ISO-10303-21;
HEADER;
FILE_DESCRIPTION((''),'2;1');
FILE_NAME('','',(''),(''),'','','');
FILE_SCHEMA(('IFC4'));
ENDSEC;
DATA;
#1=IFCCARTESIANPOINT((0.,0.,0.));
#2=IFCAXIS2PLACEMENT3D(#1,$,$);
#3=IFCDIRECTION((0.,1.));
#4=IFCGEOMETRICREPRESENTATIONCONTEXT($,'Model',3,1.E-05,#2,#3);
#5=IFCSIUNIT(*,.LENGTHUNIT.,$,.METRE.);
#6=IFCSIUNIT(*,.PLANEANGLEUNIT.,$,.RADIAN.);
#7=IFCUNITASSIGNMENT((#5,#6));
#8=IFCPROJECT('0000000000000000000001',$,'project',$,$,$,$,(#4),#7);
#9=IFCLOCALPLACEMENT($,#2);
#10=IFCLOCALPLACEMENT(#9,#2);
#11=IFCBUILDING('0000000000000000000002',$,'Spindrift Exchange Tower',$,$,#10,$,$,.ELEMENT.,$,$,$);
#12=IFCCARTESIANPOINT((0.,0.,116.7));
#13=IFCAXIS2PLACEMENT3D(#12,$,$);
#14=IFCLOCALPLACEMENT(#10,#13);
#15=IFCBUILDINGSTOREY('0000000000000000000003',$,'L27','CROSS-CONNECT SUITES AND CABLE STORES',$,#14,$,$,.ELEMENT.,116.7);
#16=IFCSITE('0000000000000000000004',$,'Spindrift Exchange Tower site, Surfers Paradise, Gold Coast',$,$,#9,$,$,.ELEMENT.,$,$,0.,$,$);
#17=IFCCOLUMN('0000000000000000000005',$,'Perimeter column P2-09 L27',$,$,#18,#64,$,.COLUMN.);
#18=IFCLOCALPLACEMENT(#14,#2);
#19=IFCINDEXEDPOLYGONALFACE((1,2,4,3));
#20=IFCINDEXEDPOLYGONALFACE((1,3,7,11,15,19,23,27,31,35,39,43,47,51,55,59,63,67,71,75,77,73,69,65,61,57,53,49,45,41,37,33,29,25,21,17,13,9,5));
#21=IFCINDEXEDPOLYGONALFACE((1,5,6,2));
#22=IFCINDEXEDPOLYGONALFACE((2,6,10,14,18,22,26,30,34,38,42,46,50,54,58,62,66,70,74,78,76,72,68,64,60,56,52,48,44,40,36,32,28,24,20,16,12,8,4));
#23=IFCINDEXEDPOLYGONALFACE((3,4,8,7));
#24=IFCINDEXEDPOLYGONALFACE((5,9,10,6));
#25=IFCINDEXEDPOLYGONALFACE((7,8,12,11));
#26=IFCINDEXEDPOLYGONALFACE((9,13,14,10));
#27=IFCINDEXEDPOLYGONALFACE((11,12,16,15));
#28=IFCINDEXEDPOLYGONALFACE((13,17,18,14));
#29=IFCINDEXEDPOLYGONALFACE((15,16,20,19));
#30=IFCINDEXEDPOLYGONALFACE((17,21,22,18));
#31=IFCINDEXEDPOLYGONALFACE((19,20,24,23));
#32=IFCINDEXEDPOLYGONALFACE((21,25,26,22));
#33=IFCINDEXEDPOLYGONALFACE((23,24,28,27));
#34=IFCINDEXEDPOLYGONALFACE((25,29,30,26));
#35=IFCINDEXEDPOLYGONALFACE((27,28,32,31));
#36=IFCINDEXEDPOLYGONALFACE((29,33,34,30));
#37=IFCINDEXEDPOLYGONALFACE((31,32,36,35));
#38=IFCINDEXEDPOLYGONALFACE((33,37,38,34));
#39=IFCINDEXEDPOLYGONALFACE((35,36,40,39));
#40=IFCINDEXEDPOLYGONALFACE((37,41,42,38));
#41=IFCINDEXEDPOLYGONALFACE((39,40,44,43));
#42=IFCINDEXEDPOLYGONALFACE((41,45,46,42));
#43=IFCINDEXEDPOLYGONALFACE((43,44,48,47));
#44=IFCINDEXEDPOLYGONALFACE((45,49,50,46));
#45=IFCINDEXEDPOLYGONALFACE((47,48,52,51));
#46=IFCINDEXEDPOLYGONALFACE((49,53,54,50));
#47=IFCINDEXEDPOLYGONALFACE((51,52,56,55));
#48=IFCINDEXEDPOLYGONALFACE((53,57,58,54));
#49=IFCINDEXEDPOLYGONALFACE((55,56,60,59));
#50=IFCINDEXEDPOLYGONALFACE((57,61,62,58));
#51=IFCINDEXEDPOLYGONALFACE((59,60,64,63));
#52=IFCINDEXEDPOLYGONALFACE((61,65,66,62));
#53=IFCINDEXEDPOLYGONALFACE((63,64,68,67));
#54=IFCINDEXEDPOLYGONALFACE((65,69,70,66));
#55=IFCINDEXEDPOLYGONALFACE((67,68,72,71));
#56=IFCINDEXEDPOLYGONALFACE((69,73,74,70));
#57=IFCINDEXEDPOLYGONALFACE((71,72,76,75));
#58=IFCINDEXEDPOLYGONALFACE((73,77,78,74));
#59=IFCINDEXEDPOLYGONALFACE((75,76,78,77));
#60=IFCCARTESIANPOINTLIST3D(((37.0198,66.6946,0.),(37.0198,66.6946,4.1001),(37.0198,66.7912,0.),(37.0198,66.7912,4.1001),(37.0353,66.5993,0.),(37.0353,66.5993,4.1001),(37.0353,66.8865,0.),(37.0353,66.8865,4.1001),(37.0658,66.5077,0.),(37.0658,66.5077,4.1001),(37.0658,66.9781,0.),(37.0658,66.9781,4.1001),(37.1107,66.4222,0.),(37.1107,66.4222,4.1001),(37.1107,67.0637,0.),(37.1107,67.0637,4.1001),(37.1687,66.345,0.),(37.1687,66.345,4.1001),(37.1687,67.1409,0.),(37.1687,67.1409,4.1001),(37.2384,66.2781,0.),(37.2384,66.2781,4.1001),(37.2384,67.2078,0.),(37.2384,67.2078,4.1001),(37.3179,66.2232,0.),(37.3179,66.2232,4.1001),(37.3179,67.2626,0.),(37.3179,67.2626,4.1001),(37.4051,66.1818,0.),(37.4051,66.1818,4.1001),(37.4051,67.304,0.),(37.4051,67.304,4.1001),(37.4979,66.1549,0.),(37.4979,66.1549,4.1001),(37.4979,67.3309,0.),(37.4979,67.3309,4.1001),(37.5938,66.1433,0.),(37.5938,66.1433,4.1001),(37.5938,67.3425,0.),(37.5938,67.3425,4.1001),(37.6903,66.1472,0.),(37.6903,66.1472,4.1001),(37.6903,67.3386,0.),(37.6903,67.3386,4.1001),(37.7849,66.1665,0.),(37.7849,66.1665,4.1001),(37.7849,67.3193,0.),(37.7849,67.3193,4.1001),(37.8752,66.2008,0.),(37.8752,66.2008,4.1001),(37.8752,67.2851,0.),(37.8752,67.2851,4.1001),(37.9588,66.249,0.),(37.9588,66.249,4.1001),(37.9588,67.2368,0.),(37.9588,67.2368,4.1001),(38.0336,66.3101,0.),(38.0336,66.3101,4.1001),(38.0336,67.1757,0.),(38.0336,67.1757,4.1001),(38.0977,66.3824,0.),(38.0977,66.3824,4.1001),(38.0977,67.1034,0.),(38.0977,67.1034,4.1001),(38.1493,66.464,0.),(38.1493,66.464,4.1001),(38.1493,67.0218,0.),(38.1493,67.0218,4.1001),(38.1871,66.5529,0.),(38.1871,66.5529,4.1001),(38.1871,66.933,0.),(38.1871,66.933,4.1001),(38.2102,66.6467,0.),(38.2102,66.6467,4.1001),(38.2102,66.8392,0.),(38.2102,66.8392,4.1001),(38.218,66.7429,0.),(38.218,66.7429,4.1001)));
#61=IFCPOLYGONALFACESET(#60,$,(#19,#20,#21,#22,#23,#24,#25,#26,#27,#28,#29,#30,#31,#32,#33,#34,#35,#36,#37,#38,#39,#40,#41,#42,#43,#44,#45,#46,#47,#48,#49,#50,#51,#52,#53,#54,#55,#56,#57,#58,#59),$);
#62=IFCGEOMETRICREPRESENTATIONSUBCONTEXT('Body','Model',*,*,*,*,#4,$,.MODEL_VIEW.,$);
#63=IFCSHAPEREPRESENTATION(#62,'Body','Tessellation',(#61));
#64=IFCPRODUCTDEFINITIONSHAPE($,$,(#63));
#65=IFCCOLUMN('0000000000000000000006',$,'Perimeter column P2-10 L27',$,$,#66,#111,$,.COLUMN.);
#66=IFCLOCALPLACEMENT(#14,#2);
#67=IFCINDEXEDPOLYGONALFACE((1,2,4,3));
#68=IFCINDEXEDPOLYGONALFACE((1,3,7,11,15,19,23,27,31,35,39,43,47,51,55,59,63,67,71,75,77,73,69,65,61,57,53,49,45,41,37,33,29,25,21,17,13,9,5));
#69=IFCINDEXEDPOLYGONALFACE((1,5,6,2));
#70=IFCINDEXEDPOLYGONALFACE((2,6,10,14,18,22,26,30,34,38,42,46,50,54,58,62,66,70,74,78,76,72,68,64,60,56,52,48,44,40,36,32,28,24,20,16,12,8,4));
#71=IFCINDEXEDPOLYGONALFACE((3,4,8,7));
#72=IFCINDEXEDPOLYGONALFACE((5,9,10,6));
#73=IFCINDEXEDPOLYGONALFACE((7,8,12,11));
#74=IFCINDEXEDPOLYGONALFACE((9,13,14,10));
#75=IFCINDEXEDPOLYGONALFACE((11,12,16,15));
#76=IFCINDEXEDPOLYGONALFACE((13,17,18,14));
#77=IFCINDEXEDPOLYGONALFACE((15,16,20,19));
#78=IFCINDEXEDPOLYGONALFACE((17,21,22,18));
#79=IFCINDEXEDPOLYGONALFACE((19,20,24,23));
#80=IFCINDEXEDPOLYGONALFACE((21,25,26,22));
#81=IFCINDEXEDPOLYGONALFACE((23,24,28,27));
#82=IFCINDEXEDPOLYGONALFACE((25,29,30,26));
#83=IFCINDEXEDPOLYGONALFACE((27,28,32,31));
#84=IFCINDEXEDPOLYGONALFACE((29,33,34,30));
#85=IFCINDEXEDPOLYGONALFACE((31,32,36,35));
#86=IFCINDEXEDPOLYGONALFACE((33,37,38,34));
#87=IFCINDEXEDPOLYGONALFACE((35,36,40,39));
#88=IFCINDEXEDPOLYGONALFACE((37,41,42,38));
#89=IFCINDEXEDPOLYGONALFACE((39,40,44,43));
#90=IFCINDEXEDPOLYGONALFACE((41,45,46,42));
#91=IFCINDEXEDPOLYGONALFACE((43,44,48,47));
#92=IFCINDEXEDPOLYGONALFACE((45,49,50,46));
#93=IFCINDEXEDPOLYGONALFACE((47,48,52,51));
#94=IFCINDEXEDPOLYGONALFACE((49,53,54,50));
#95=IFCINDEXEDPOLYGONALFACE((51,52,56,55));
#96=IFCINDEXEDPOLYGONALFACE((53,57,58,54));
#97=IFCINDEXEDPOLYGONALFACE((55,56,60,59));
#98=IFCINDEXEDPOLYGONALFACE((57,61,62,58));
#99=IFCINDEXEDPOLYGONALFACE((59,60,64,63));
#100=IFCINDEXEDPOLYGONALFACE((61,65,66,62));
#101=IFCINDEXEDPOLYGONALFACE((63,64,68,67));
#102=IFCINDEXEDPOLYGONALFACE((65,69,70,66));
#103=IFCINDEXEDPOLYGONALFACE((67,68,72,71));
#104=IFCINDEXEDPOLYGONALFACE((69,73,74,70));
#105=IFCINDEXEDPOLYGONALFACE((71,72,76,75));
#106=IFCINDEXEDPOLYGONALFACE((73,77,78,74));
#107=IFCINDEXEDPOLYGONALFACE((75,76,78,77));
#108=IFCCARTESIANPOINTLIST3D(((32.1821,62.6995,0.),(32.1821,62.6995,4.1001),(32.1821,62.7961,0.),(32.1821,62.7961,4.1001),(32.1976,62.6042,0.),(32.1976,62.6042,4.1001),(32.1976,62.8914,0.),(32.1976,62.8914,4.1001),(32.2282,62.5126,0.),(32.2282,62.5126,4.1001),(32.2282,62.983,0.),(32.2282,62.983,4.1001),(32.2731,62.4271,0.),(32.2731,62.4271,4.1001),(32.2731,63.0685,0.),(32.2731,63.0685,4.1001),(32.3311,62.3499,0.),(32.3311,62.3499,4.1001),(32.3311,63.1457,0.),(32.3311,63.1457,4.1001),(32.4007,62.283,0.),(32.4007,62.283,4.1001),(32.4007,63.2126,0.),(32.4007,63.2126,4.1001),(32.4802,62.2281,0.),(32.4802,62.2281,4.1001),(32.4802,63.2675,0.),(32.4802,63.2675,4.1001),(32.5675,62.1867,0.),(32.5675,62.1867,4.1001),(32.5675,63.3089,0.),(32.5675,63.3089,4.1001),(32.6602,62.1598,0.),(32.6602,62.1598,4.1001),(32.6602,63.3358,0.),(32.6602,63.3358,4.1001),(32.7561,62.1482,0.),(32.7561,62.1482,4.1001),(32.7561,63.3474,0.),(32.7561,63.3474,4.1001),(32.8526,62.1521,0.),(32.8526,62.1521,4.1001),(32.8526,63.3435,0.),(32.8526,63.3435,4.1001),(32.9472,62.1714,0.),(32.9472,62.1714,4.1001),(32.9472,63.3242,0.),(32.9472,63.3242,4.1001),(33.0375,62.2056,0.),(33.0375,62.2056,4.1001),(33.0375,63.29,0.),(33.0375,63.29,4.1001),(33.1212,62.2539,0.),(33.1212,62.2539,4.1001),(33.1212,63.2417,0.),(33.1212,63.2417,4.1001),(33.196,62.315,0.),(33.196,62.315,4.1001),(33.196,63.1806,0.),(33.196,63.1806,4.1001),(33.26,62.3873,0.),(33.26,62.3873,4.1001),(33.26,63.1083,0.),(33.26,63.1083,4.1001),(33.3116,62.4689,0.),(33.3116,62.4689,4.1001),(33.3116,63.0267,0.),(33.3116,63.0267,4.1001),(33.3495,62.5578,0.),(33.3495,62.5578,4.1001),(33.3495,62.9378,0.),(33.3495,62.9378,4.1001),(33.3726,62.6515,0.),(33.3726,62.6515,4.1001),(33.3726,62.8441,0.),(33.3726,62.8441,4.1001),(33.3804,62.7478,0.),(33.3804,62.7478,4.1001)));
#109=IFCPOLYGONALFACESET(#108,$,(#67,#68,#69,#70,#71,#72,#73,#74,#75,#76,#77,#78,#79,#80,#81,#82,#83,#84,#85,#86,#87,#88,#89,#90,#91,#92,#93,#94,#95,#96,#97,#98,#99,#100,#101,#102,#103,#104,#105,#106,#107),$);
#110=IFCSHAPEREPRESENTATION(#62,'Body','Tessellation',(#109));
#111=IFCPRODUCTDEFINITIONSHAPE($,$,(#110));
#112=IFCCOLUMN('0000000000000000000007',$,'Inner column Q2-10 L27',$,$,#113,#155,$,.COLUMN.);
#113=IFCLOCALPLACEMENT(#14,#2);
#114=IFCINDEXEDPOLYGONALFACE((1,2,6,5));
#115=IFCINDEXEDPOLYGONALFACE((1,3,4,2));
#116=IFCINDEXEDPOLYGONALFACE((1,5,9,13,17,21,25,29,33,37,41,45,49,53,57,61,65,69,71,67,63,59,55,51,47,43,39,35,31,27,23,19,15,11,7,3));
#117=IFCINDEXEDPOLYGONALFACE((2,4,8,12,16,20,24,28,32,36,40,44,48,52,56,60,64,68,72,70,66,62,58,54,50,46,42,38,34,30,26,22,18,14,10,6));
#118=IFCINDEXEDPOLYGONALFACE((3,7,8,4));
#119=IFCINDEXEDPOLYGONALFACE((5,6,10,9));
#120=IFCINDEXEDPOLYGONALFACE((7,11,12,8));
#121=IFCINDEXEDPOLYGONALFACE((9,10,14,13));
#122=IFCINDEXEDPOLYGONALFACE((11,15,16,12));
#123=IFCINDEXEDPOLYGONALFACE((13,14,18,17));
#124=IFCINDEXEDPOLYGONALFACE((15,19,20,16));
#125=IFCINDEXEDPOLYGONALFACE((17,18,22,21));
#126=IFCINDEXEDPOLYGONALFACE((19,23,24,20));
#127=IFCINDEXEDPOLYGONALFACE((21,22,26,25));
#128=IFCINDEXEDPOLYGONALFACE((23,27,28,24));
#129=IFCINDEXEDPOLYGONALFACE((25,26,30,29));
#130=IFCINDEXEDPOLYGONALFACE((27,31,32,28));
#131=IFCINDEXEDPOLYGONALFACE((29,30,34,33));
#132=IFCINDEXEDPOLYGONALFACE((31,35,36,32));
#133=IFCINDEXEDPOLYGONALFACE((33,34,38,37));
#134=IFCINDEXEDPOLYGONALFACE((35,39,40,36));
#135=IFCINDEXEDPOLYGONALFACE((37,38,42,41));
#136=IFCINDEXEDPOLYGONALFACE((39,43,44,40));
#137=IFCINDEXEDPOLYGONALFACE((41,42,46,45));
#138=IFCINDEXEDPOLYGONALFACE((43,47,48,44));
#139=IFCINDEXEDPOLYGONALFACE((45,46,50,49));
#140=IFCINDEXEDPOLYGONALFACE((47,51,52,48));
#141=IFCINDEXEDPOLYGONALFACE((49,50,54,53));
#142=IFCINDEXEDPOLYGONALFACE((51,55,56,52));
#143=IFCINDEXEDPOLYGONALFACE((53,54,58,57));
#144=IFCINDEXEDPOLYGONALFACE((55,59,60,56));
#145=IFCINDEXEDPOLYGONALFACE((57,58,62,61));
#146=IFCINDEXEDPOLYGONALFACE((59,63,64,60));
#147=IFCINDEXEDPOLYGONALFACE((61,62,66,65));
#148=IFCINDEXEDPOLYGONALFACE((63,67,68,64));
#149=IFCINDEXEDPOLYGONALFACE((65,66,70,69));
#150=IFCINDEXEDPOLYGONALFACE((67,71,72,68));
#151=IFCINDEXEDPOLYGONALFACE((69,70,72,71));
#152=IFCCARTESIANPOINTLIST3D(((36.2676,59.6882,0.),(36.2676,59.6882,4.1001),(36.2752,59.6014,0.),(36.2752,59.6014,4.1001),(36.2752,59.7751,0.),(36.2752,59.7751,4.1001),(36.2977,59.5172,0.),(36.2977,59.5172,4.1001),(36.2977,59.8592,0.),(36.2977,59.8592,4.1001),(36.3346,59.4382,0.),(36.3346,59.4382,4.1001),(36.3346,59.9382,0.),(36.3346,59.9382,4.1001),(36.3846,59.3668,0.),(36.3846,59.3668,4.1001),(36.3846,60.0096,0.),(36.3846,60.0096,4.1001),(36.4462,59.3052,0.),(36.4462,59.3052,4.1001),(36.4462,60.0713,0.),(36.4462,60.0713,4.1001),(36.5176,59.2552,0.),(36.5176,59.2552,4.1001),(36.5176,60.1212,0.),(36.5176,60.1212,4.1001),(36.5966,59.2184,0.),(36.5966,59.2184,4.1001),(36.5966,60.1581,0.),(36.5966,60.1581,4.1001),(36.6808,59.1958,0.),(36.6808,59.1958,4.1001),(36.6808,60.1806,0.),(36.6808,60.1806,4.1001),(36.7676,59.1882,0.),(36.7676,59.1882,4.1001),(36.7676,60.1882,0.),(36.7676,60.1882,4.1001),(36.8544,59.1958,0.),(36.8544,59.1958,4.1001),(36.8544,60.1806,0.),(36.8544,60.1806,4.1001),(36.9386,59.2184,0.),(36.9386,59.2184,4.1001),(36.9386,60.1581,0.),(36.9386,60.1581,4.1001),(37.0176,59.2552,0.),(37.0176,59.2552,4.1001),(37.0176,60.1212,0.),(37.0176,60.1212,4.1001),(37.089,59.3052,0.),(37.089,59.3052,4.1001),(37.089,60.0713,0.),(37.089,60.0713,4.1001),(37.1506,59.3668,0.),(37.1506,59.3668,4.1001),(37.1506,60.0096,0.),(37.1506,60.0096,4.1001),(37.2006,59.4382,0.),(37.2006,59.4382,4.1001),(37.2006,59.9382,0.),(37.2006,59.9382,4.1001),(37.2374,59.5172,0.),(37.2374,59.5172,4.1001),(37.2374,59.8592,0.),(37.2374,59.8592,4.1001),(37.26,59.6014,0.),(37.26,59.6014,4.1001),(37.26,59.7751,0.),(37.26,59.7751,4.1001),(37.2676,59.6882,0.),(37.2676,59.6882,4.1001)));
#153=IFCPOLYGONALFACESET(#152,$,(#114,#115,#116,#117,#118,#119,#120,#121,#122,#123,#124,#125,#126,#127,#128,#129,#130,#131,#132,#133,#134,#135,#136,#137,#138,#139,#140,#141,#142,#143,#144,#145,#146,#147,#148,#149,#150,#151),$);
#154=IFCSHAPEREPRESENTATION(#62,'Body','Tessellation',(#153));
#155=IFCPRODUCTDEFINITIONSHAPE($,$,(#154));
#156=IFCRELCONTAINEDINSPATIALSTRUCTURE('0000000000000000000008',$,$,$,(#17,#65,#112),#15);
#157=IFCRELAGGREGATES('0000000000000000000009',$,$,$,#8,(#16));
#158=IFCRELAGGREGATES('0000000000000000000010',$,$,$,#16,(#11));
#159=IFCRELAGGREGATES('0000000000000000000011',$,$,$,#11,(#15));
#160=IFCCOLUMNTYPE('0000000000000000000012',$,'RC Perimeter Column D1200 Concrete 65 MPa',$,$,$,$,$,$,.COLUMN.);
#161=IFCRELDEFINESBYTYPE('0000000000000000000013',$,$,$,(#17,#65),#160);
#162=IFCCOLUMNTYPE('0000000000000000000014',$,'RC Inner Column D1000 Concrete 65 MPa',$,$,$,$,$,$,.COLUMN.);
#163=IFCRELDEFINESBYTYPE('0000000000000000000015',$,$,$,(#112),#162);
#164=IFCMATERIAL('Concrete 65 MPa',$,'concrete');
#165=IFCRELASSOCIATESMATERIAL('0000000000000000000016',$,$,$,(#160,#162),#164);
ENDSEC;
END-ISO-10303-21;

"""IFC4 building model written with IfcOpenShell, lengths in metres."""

from ifc_helpers import new_model, si_unit, direction, frame, origin, origin_2d, place, context, subcontext, project, spatial, circle, extrude, source, transform, mapped, material, material_profile, profile_set, type_object, element, save


model = new_model("IFC4")

# Units and contexts
model_context = context("Model", 3, precision=1e-05, world=origin(), true_north=direction((0.0, 1.0)))
body_context = subcontext(model_context, "Body", "Model", "MODEL_VIEW")
ifc_project = project(units=[si_unit("LENGTHUNIT", "METRE"), si_unit("PLANEANGLEUNIT", "RADIAN")], contexts=[model_context])

# Site, building, storey
site_placement = place(None, origin())
site = spatial("IfcSite", under=ifc_project, at=site_placement, Name="Spindrift Exchange Tower site, Surfers Paradise, Gold Coast", CompositionType="ELEMENT", RefElevation=0.0)
building_placement = place(site_placement, origin())
building = spatial("IfcBuilding", under=site, at=building_placement, Name="Spindrift Exchange Tower", CompositionType="ELEMENT")
storey_placement = place(building_placement, frame((0.0, 0.0, 116.7)))
storey = spatial("IfcBuildingStorey", under=building, at=storey_placement, Name="L27", Description="CROSS-CONNECT SUITES AND CABLE STORES", CompositionType="ELEMENT", Elevation=116.7)

# Columns
ifc_material_1 = material(Name="Concrete 65 MPa", Category="concrete")
ifc_material_profile_1 = material_profile(ifc_material_1, circle(Radius=0.6001, at=origin_2d()), Name="RC D1200")
ifc_profile_set_1 = profile_set([ifc_material_profile_1], Name="Concrete 65 MPa")
column_type_1 = type_object("IfcColumnType", Name="RC Perimeter Column D1200 Concrete 65 MPa", PredefinedType="COLUMN", material=ifc_profile_set_1)
shared_shape_1 = source(origin(), body_context, "Body", "SweptSolid", [
    extrude(circle(Radius=0.6001, at=origin_2d()), origin(), (0.0, 0.0, 1.0), 4.1001),
])
for number, where, z_axis, x_axis, name in (
    (1, (37.6179, 66.7429, 0.0), (0.0, 0.0, 1.0), (1.0, 0.0, 0.0), "Perimeter column P2-09 L27"),
    (2, (32.7803, 62.7478, 0.0), (0.0, 0.0, 1.0), (1.0, 0.0, 0.0), "Perimeter column P2-10 L27"),
):
    element("IfcColumn", number, at=place(storey_placement, frame(where, z_axis=z_axis, x_axis=x_axis)), inside=storey, type_object=column_type_1, Name=name, PredefinedType="COLUMN", context=body_context, shape_type="MappedRepresentation", body=[
        mapped(shared_shape_1, transform((0.0, 0.0, 0.0), scale=1.0)),
    ])
ifc_material_profile_2 = material_profile(ifc_material_1, circle(Radius=0.5, at=origin_2d()), Name="RC D1000")
ifc_profile_set_2 = profile_set([ifc_material_profile_2], Name="Concrete 65 MPa")
column_type_2 = type_object("IfcColumnType", Name="RC Inner Column D1000 Concrete 65 MPa", PredefinedType="COLUMN", material=ifc_profile_set_2)
shared_shape_2 = source(origin(), body_context, "Body", "SweptSolid", [
    extrude(circle(Radius=0.5, at=origin_2d()), origin(), (0.0, 0.0, 1.0), 4.1001),
])
column_placement = place(storey_placement, frame((36.7676, 59.6882, 0.0), z_axis=(0.0, 0.0, 1.0), x_axis=(1.0, 0.0, 0.0)))
element("IfcColumn", 3, at=column_placement, inside=storey, type_object=column_type_2, Name="Inner column Q2-10 L27", PredefinedType="COLUMN", context=body_context, shape_type="MappedRepresentation", body=[
    mapped(shared_shape_2, transform((0.0, 0.0, 0.0), scale=1.0)),
])

save(model, "model.ifc")
